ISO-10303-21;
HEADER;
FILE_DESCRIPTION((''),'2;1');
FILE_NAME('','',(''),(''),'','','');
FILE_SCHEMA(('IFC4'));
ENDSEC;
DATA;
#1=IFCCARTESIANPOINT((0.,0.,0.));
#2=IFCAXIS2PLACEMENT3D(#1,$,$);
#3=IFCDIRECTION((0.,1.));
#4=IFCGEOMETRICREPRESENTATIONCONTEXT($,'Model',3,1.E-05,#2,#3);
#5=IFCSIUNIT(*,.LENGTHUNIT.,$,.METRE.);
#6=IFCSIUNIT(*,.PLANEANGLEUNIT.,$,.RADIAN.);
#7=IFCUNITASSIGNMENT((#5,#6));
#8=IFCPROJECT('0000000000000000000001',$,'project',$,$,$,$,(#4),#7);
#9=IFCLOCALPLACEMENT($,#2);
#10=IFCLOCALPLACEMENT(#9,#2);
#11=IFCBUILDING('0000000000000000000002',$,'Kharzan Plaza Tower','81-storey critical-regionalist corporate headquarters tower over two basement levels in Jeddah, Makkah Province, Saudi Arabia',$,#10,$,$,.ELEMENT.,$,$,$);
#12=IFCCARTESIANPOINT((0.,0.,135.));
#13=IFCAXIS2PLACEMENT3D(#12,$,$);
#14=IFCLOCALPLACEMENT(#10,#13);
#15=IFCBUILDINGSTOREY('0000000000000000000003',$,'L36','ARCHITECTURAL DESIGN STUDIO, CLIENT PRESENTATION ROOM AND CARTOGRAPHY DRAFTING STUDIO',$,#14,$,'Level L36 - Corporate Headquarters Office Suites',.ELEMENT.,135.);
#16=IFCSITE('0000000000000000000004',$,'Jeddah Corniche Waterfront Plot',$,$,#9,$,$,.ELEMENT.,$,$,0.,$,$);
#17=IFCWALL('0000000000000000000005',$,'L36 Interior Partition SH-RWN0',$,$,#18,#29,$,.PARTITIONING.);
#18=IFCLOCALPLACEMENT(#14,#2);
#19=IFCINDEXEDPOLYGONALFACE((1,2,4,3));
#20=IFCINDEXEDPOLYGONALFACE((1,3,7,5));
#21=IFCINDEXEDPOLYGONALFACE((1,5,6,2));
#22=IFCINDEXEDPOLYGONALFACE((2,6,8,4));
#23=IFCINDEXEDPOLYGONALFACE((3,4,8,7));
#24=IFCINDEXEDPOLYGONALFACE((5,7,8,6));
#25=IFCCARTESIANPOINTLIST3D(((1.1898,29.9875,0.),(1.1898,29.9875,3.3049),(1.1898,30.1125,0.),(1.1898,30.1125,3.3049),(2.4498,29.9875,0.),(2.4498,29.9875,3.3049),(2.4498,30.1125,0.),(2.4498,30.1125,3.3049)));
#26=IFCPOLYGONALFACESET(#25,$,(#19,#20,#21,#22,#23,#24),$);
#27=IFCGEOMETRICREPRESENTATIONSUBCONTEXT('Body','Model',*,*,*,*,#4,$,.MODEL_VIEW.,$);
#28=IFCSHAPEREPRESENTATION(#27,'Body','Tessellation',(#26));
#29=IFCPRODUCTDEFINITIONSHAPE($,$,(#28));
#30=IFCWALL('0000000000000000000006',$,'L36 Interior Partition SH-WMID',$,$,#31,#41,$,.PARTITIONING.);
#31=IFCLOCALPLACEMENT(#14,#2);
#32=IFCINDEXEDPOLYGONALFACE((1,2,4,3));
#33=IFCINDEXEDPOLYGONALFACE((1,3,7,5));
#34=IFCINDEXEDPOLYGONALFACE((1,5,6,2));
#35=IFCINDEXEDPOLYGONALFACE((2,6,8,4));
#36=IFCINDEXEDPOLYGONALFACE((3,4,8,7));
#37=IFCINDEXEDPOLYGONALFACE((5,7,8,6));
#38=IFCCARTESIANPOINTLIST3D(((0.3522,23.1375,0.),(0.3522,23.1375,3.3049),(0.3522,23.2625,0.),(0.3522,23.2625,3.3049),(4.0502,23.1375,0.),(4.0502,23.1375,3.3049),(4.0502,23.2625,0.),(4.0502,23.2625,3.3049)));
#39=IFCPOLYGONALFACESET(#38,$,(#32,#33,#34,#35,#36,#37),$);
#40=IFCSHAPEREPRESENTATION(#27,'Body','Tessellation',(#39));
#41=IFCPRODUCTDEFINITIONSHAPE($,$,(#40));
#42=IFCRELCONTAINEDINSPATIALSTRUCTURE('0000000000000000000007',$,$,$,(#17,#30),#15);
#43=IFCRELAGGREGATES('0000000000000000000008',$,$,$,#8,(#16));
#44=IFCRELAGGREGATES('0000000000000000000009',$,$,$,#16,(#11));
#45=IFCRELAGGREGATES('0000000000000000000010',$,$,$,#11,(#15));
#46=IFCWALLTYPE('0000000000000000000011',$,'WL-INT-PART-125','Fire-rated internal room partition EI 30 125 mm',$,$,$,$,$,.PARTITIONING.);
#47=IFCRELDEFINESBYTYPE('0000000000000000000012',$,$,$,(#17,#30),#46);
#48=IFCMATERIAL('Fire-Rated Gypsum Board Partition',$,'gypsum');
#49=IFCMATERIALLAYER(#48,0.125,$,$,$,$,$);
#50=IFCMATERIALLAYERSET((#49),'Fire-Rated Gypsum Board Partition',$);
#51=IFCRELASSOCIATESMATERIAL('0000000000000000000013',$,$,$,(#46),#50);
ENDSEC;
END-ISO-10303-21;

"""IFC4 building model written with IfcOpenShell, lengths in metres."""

from ifc_helpers import new_model, si_unit, direction, frame, frame_2d, origin, place, context, subcontext, project, spatial, rectangle, extrude, source, transform, mapped, material, layer, layer_set, type_object, element, save


model = new_model("IFC4")

# Units and contexts
model_context = context("Model", 3, precision=1e-05, world=origin(), true_north=direction((0.0, 1.0)))
body_context = subcontext(model_context, "Body", "Model", "MODEL_VIEW")
ifc_project = project(units=[si_unit("LENGTHUNIT", "METRE"), si_unit("PLANEANGLEUNIT", "RADIAN")], contexts=[model_context])

# Site, building, storey
site_placement = place(None, origin())
site = spatial("IfcSite", under=ifc_project, at=site_placement, Name="Jeddah Corniche Waterfront Plot", CompositionType="ELEMENT", RefElevation=0.0)
building_placement = place(site_placement, origin())
building = spatial("IfcBuilding", under=site, at=building_placement, Name="Kharzan Plaza Tower", Description="81-storey critical-regionalist corporate headquarters tower over two basement levels in Jeddah, Makkah Province, Saudi Arabia", CompositionType="ELEMENT")
storey_placement = place(building_placement, frame((0.0, 0.0, 135.0)))
storey = spatial("IfcBuildingStorey", under=building, at=storey_placement, Name="L36", Description="ARCHITECTURAL DESIGN STUDIO, CLIENT PRESENTATION ROOM AND CARTOGRAPHY DRAFTING STUDIO", LongName="Level L36 - Corporate Headquarters Office Suites", CompositionType="ELEMENT", Elevation=135.0)

# Shared definitions
ifc_material_1 = material(Name="Fire-Rated Gypsum Board Partition", Category="gypsum")
ifc_layer_1 = layer(ifc_material_1, 0.125)
ifc_layer_set_1 = layer_set([ifc_layer_1], Name="Fire-Rated Gypsum Board Partition")
wall_type_1 = type_object("IfcWallType", Name="WL-INT-PART-125", Description="Fire-rated internal room partition EI 30 125 mm", PredefinedType="PARTITIONING", material=ifc_layer_set_1)

# Walls
shared_shape_1 = source(origin(), body_context, "Body", "SweptSolid", [
    extrude(rectangle(XDim=1.26, YDim=0.125, at=frame_2d((0.6299, 0.0))), origin(), (0.0, 0.0, 1.0), 3.3049),
])
wall_1_placement = place(storey_placement, frame((1.1899, 30.05, 0.0), z_axis=(0.0, 0.0, 1.0), x_axis=(1.0, 0.0, 0.0)))
element("IfcWall", 1, at=wall_1_placement, inside=storey, type_object=wall_type_1, Name="L36 Interior Partition SH-RWN0", PredefinedType="PARTITIONING", context=body_context, shape_type="MappedRepresentation", body=[
    mapped(shared_shape_1, transform((0.0, 0.0, 0.0), x_axis=(1.0, 0.0, 0.0), y_axis=(0.0, 1.0, 0.0), z_axis=(0.0, 0.0, 1.0))),
])
shared_shape_2 = source(origin(), body_context, "Body", "SweptSolid", [
    extrude(rectangle(XDim=3.698, YDim=0.125, at=frame_2d((1.8491, 0.0))), origin(), (0.0, 0.0, 1.0), 3.3049),
])
wall_2_placement = place(storey_placement, frame((0.3521, 23.2, 0.0), z_axis=(0.0, 0.0, 1.0), x_axis=(1.0, 0.0, 0.0)))
element("IfcWall", 2, at=wall_2_placement, inside=storey, type_object=wall_type_1, Name="L36 Interior Partition SH-WMID", PredefinedType="PARTITIONING", context=body_context, shape_type="MappedRepresentation", body=[
    mapped(shared_shape_2, transform((0.0, 0.0, 0.0), x_axis=(1.0, 0.0, 0.0), y_axis=(0.0, 1.0, 0.0), z_axis=(0.0, 0.0, 1.0))),
])

save(model, "model.ifc")
